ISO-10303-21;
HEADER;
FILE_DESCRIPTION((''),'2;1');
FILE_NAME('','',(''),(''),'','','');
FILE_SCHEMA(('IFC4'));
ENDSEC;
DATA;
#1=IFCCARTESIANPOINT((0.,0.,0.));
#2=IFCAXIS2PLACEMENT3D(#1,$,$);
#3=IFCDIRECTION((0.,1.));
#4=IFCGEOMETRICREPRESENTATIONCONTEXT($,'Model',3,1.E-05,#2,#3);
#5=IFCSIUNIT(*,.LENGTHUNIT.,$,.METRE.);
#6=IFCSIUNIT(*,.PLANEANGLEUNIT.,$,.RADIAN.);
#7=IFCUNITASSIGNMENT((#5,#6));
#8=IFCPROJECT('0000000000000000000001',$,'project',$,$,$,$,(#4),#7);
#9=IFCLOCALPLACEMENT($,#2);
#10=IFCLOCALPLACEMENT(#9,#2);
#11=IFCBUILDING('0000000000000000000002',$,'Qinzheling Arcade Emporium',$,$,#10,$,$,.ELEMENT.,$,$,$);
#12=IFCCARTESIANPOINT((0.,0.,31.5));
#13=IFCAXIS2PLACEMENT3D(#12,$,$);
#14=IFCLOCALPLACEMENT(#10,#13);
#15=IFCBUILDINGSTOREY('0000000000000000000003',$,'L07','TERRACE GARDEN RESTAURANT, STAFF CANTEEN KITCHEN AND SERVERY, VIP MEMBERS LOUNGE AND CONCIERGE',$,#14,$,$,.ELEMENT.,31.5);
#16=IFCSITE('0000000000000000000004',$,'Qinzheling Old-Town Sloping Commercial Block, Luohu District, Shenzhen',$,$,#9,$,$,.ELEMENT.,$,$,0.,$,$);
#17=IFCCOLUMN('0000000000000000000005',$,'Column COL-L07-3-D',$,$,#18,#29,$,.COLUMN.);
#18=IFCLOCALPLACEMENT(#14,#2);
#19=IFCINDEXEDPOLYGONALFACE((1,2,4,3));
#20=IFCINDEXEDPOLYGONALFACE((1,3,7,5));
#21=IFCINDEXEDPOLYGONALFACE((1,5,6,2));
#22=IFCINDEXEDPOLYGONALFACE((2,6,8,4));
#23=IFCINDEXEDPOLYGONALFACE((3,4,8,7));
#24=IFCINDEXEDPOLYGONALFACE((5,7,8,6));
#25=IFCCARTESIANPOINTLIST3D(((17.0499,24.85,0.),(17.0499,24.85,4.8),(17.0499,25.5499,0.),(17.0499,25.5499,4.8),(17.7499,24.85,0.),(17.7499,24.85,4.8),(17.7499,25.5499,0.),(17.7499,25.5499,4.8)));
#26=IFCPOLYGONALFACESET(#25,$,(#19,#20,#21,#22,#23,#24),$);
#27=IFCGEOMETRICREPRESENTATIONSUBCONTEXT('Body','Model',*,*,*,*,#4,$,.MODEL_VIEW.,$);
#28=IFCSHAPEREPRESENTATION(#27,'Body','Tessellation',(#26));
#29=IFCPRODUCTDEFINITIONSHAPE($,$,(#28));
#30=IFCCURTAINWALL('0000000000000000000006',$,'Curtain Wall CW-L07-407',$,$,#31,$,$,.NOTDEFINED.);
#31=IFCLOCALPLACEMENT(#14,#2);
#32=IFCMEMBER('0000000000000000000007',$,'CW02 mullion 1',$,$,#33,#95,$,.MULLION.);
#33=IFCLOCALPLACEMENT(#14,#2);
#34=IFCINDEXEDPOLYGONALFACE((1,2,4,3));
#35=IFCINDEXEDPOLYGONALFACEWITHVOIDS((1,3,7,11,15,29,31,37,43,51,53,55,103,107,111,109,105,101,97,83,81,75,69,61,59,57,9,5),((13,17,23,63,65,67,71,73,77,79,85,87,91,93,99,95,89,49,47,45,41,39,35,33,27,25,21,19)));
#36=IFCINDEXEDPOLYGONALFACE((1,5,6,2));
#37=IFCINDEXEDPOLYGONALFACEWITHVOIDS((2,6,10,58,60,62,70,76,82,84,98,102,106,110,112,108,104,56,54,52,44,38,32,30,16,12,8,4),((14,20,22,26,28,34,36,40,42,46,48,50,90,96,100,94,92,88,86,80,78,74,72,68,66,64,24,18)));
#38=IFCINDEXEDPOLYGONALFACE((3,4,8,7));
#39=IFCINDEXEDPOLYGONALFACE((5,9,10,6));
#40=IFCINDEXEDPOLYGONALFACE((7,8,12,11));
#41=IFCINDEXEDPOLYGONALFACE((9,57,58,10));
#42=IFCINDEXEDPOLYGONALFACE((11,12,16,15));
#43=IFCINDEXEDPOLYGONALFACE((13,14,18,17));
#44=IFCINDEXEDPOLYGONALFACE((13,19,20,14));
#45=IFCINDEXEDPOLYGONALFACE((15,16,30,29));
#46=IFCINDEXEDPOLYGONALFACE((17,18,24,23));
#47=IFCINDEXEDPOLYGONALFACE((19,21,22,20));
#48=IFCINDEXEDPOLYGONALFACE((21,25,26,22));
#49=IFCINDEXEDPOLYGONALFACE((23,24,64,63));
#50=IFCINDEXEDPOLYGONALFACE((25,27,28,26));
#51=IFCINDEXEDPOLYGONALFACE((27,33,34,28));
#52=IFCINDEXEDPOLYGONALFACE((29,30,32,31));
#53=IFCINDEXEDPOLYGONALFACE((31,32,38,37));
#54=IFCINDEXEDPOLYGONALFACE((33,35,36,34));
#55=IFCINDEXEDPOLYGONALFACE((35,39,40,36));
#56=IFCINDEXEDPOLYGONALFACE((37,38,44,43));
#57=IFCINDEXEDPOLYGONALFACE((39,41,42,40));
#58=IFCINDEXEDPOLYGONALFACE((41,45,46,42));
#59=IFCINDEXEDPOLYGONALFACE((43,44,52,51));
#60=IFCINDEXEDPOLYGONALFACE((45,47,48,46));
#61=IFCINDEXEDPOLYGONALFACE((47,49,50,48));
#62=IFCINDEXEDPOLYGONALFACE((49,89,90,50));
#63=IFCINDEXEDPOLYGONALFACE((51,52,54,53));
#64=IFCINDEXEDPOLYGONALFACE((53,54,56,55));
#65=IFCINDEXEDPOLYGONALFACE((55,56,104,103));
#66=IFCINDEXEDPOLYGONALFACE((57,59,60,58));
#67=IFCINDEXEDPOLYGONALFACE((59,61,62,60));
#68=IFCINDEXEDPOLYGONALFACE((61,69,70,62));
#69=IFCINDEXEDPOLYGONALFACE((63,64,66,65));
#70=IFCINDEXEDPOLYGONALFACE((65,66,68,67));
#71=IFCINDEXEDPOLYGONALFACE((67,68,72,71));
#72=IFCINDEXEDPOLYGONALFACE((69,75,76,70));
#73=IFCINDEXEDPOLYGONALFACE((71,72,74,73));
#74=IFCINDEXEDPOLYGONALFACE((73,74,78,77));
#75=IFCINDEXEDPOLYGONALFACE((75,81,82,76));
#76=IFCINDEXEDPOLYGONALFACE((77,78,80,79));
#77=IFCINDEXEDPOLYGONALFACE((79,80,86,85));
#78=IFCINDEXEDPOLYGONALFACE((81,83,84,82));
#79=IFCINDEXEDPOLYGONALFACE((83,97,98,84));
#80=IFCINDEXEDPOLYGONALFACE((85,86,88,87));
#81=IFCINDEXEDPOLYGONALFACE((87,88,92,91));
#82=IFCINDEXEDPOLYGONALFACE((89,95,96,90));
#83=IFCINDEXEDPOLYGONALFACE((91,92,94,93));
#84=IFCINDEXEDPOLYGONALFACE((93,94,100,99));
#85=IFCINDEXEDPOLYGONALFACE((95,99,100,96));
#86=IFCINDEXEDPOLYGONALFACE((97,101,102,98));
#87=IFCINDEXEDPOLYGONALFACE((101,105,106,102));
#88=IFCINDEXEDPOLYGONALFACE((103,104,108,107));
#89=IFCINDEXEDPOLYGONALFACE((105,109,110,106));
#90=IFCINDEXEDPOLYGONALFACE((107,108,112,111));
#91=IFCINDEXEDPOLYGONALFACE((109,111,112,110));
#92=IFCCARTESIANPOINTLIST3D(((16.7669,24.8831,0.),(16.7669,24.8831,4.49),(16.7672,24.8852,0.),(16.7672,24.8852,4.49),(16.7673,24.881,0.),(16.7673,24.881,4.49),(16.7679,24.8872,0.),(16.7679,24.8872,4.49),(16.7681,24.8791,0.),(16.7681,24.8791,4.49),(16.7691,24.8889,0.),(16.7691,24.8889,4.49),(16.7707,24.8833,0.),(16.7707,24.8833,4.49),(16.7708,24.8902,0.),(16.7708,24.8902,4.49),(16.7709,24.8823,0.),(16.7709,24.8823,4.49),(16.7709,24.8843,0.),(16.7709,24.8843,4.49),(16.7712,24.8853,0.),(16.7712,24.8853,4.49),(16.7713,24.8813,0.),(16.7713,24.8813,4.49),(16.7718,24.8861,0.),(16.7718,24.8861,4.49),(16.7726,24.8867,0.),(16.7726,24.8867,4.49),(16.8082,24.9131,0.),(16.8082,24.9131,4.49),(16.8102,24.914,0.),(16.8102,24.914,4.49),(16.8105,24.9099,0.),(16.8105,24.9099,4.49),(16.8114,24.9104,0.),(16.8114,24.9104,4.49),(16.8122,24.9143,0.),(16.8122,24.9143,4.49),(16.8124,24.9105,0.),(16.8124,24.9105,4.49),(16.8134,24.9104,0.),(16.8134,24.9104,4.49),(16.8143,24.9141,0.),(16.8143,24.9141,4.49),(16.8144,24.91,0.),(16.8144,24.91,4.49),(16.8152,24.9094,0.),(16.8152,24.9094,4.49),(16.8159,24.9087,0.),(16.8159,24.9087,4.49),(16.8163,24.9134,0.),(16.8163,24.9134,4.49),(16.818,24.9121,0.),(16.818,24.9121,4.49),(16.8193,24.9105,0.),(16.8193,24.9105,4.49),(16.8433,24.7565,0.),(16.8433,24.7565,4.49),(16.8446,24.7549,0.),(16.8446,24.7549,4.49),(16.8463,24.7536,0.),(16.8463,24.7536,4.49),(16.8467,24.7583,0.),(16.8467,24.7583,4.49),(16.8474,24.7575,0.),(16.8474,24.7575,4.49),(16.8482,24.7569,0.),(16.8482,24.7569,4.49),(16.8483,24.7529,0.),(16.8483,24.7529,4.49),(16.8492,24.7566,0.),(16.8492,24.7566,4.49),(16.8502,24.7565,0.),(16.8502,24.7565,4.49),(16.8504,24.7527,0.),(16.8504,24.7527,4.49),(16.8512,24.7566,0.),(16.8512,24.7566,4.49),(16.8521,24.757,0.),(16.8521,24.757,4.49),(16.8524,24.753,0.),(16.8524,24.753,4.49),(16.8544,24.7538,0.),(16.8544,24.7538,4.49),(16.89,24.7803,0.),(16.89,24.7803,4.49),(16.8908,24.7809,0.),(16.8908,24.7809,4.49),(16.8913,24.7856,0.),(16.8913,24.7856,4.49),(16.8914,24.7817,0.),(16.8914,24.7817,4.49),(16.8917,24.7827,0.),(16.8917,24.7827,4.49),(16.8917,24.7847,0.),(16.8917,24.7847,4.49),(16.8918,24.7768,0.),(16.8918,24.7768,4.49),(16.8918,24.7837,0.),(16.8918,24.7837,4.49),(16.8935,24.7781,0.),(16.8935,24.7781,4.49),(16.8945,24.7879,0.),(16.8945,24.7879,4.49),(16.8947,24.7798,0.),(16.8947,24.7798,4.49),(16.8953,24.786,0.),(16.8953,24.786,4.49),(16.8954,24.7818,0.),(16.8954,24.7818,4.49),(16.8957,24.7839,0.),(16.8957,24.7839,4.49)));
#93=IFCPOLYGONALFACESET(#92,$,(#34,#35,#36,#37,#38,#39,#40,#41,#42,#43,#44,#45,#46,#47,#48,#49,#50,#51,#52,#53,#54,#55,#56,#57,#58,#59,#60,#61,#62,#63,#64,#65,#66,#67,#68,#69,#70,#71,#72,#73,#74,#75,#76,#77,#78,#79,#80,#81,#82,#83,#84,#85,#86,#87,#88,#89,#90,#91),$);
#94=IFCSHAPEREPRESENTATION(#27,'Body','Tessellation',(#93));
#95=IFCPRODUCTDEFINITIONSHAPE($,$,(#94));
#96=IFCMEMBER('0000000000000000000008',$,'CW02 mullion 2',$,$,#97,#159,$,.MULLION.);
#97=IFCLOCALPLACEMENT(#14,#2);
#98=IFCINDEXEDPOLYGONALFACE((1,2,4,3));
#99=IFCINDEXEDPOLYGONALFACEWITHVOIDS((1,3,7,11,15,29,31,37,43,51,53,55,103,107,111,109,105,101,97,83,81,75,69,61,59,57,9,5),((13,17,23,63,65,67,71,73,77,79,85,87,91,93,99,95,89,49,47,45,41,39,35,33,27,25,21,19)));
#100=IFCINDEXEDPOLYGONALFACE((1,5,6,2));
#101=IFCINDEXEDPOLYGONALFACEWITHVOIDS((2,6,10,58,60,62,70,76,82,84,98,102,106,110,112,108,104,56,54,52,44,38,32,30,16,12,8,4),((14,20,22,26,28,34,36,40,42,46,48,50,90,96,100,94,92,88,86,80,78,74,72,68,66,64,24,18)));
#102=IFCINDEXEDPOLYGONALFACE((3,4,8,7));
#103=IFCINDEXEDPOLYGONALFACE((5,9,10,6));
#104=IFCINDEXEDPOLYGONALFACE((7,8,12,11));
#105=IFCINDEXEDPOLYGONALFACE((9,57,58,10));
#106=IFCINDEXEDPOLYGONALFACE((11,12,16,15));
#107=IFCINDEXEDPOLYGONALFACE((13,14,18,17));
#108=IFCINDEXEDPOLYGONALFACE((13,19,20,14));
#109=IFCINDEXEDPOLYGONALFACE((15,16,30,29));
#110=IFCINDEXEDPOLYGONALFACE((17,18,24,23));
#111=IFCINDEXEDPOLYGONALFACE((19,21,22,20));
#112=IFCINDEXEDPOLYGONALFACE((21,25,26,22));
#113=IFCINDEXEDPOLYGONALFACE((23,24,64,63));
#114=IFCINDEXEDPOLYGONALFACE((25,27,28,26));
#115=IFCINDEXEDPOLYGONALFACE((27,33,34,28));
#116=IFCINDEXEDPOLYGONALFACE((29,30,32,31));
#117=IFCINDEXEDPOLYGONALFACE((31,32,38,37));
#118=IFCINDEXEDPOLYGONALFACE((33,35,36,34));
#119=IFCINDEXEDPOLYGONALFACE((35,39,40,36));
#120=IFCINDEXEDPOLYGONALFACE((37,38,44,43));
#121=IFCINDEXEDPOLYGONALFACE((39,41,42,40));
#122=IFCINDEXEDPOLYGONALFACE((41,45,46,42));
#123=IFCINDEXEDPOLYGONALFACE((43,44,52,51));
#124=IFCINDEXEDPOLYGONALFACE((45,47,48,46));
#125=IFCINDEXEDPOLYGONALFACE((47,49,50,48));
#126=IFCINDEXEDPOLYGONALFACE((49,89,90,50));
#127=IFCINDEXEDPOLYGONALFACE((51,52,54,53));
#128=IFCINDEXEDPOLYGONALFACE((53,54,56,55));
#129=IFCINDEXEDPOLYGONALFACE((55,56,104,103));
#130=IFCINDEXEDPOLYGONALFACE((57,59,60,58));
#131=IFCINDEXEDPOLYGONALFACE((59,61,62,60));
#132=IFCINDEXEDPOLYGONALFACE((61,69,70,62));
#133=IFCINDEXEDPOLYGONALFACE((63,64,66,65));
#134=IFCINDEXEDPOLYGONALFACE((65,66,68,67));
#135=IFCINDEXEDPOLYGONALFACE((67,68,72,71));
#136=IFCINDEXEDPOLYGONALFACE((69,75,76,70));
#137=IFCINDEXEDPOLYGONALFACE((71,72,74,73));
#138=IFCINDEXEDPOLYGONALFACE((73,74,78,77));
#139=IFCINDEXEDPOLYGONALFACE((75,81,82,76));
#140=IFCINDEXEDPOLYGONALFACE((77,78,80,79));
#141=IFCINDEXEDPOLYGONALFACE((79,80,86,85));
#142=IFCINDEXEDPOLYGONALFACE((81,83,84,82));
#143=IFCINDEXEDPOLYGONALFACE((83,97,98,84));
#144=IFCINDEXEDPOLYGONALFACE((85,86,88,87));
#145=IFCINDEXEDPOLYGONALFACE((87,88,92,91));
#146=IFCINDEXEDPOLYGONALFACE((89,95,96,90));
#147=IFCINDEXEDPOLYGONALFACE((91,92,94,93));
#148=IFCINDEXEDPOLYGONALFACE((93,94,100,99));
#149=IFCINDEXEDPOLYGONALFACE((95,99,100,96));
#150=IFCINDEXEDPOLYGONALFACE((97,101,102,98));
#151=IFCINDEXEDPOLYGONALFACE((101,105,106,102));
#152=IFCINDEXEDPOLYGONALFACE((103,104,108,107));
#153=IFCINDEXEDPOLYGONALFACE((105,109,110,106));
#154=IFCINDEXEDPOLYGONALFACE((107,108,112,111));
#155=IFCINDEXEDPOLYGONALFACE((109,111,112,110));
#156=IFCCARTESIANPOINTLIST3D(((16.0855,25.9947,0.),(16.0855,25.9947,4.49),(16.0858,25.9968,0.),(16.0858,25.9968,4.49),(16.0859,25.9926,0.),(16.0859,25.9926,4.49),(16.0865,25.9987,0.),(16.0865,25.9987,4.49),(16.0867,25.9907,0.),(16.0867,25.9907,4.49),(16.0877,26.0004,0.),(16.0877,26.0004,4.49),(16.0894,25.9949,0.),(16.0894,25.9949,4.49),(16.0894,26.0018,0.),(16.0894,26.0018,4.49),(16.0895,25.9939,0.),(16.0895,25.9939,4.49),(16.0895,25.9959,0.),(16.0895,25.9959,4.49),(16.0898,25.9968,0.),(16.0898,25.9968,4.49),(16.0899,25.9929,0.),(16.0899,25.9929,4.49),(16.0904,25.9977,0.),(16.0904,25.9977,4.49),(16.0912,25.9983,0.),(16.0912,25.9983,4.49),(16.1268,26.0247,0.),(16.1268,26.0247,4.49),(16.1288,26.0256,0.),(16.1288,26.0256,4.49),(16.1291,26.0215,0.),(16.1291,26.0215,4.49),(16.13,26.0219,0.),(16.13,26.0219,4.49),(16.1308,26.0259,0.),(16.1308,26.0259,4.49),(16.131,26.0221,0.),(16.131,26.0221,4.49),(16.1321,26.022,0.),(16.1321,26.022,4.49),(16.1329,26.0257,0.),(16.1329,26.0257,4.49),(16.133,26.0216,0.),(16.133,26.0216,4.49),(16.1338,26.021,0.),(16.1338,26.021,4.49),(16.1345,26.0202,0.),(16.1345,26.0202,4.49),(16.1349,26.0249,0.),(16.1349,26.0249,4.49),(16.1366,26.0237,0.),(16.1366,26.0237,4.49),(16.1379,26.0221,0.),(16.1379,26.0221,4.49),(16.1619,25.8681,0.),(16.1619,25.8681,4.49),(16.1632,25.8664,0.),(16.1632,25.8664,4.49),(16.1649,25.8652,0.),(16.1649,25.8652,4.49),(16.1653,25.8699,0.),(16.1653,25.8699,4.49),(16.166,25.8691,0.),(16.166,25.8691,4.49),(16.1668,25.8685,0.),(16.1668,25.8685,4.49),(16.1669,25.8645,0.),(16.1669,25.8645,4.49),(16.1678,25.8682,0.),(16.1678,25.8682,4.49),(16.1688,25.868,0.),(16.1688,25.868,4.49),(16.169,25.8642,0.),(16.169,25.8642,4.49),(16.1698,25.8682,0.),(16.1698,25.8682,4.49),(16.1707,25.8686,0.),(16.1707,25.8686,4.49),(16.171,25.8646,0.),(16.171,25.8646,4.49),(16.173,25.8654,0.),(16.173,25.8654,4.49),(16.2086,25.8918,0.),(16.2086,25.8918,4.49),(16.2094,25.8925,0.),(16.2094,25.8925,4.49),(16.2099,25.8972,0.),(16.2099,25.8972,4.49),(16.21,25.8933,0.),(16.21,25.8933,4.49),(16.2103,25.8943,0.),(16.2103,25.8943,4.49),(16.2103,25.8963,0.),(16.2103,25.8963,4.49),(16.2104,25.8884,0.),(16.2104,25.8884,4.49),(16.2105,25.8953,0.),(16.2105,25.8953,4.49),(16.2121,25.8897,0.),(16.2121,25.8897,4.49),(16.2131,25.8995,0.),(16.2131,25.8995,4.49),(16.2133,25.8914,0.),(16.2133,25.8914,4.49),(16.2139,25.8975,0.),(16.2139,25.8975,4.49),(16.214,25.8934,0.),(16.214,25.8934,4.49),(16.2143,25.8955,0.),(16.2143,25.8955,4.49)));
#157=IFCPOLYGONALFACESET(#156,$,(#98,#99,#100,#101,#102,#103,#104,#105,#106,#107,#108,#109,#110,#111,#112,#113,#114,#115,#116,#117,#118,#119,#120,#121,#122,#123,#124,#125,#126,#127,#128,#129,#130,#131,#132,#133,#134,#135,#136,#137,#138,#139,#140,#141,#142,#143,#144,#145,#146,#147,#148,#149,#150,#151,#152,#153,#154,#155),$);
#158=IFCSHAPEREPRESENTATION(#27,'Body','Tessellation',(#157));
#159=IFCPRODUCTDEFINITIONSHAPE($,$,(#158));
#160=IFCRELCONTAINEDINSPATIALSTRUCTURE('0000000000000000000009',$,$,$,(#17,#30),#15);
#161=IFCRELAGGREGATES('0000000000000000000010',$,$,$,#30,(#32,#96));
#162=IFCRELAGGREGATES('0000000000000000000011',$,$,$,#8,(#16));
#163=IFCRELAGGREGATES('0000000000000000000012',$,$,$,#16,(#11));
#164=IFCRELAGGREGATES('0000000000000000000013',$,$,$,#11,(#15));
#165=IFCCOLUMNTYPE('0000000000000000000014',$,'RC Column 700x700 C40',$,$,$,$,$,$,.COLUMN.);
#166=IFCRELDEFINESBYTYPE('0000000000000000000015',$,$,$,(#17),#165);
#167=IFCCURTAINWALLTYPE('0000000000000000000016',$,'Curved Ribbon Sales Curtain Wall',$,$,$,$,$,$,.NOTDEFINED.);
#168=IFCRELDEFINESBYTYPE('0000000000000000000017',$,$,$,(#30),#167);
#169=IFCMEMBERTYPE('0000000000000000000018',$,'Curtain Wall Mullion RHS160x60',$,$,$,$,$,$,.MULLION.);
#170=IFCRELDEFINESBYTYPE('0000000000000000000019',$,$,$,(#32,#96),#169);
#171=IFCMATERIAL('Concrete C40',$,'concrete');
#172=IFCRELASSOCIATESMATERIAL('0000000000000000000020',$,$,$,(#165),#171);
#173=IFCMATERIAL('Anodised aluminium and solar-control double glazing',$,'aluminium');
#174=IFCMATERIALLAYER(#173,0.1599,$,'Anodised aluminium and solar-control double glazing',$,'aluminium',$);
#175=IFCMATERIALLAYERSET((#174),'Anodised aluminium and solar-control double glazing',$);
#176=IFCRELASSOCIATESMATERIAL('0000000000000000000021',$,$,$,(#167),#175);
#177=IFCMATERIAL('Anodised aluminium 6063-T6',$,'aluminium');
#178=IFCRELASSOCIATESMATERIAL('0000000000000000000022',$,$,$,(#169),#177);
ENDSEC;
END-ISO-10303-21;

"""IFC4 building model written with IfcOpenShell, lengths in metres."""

from ifc_helpers import new_model, si_unit, direction, frame, origin, origin_2d, place, context, subcontext, project, spatial, rectangle, hollow_rectangle, extrude, material, layer, layer_set, material_profile, profile_set, type_object, element, aggregate, save


model = new_model("IFC4")

# Units and contexts
model_context = context("Model", 3, precision=1e-05, world=origin(), true_north=direction((0.0, 1.0)))
body_context = subcontext(model_context, "Body", "Model", "MODEL_VIEW")
ifc_project = project(units=[si_unit("LENGTHUNIT", "METRE"), si_unit("PLANEANGLEUNIT", "RADIAN")], contexts=[model_context])

# Site, building, storey
site_placement = place(None, origin())
site = spatial("IfcSite", under=ifc_project, at=site_placement, Name="Qinzheling Old-Town Sloping Commercial Block, Luohu District, Shenzhen", CompositionType="ELEMENT", RefElevation=0.0)
building_placement = place(site_placement, origin())
building = spatial("IfcBuilding", under=site, at=building_placement, Name="Qinzheling Arcade Emporium", CompositionType="ELEMENT")
storey_placement = place(building_placement, frame((0.0, 0.0, 31.5)))
storey = spatial("IfcBuildingStorey", under=building, at=storey_placement, Name="L07", Description="TERRACE GARDEN RESTAURANT, STAFF CANTEEN KITCHEN AND SERVERY, VIP MEMBERS LOUNGE AND CONCIERGE", CompositionType="ELEMENT", Elevation=31.5)

# Column
ifc_material_1 = material(Name="Concrete C40", Category="concrete")
ifc_material_profile_1 = material_profile(ifc_material_1, rectangle(XDim=0.7, YDim=0.7, at=origin_2d()), Name="RC 700x700", Category="concrete")
ifc_profile_set_1 = profile_set([ifc_material_profile_1], Name="Concrete C40")
column_type = type_object("IfcColumnType", Name="RC Column 700x700 C40", PredefinedType="COLUMN", material=ifc_profile_set_1)
column_placement = place(storey_placement, frame((17.3999, 25.2, 0.0), z_axis=(0.0, 0.0, 1.0), x_axis=(1.0, 0.0, 0.0)))
element("IfcColumn", 1, at=column_placement, inside=storey, type_object=column_type, Name="Column COL-L07-3-D", PredefinedType="COLUMN", context=body_context, shape_type="SweptSolid", body=[
    extrude(rectangle(XDim=0.7, YDim=0.7, at=origin_2d()), origin(), (0.0, 0.0, 1.0), 4.8),
])

# Curtain wall, members
ifc_material_2 = material(Name="Anodised aluminium and solar-control double glazing", Category="aluminium")
ifc_layer_1 = layer(ifc_material_2, 0.1599, Name="Anodised aluminium and solar-control double glazing", Category="aluminium")
ifc_layer_set_1 = layer_set([ifc_layer_1], Name="Anodised aluminium and solar-control double glazing")
curtain_wall_type = type_object("IfcCurtainWallType", Name="Curved Ribbon Sales Curtain Wall", PredefinedType="NOTDEFINED", material=ifc_layer_set_1)
curtain_wall_1_placement = place(storey_placement, origin())
curtain_wall_1 = element("IfcCurtainWall", 2, at=curtain_wall_1_placement, inside=storey, type_object=curtain_wall_type, Name="Curtain Wall CW-L07-407", PredefinedType="NOTDEFINED")
ifc_material_3 = material(Name="Anodised aluminium 6063-T6", Category="aluminium")
ifc_material_profile_2 = material_profile(ifc_material_3, hollow_rectangle(XDim=0.0601, YDim=0.1599, WallThickness=0.0039, InnerFilletRadius=0.0039, OuterFilletRadius=0.0081, at=origin_2d()), Name="RHS 160x60x4", Category="aluminium")
ifc_profile_set_2 = profile_set([ifc_material_profile_2], Name="Anodised aluminium 6063-T6")
member_type_1 = type_object("IfcMemberType", Name="Curtain Wall Mullion RHS160x60", PredefinedType="MULLION", material=ifc_profile_set_2)
member_1_placement = place(storey_placement, frame((16.8313, 24.8335, 0.0), z_axis=(0.0, 0.0, 1.0), x_axis=(-0.852558, -0.522632, 0.0)))
member_1 = element("IfcMember", 3, at=member_1_placement, type_object=member_type_1, Name="CW02 mullion 1", PredefinedType="MULLION", context=body_context, shape_type="SweptSolid", body=[
    extrude(hollow_rectangle(XDim=0.0601, YDim=0.1599, WallThickness=0.0039, InnerFilletRadius=0.0039, OuterFilletRadius=0.0081, at=origin_2d()), origin(), (0.0, 0.0, 1.0), 4.49),
])
member_2_placement = place(storey_placement, frame((16.1499, 25.9451, 0.0), z_axis=(0.0, 0.0, 1.0), x_axis=(-0.852558, -0.522632, 0.0)))
member_2 = element("IfcMember", 4, at=member_2_placement, type_object=member_type_1, Name="CW02 mullion 2", PredefinedType="MULLION", context=body_context, shape_type="SweptSolid", body=[
    extrude(hollow_rectangle(XDim=0.0601, YDim=0.1599, WallThickness=0.0039, InnerFilletRadius=0.0039, OuterFilletRadius=0.0081, at=origin_2d()), origin(), (0.0, 0.0, 1.0), 4.49),
])

aggregate(curtain_wall_1, [member_1, member_2])

save(model, "model.ifc")
